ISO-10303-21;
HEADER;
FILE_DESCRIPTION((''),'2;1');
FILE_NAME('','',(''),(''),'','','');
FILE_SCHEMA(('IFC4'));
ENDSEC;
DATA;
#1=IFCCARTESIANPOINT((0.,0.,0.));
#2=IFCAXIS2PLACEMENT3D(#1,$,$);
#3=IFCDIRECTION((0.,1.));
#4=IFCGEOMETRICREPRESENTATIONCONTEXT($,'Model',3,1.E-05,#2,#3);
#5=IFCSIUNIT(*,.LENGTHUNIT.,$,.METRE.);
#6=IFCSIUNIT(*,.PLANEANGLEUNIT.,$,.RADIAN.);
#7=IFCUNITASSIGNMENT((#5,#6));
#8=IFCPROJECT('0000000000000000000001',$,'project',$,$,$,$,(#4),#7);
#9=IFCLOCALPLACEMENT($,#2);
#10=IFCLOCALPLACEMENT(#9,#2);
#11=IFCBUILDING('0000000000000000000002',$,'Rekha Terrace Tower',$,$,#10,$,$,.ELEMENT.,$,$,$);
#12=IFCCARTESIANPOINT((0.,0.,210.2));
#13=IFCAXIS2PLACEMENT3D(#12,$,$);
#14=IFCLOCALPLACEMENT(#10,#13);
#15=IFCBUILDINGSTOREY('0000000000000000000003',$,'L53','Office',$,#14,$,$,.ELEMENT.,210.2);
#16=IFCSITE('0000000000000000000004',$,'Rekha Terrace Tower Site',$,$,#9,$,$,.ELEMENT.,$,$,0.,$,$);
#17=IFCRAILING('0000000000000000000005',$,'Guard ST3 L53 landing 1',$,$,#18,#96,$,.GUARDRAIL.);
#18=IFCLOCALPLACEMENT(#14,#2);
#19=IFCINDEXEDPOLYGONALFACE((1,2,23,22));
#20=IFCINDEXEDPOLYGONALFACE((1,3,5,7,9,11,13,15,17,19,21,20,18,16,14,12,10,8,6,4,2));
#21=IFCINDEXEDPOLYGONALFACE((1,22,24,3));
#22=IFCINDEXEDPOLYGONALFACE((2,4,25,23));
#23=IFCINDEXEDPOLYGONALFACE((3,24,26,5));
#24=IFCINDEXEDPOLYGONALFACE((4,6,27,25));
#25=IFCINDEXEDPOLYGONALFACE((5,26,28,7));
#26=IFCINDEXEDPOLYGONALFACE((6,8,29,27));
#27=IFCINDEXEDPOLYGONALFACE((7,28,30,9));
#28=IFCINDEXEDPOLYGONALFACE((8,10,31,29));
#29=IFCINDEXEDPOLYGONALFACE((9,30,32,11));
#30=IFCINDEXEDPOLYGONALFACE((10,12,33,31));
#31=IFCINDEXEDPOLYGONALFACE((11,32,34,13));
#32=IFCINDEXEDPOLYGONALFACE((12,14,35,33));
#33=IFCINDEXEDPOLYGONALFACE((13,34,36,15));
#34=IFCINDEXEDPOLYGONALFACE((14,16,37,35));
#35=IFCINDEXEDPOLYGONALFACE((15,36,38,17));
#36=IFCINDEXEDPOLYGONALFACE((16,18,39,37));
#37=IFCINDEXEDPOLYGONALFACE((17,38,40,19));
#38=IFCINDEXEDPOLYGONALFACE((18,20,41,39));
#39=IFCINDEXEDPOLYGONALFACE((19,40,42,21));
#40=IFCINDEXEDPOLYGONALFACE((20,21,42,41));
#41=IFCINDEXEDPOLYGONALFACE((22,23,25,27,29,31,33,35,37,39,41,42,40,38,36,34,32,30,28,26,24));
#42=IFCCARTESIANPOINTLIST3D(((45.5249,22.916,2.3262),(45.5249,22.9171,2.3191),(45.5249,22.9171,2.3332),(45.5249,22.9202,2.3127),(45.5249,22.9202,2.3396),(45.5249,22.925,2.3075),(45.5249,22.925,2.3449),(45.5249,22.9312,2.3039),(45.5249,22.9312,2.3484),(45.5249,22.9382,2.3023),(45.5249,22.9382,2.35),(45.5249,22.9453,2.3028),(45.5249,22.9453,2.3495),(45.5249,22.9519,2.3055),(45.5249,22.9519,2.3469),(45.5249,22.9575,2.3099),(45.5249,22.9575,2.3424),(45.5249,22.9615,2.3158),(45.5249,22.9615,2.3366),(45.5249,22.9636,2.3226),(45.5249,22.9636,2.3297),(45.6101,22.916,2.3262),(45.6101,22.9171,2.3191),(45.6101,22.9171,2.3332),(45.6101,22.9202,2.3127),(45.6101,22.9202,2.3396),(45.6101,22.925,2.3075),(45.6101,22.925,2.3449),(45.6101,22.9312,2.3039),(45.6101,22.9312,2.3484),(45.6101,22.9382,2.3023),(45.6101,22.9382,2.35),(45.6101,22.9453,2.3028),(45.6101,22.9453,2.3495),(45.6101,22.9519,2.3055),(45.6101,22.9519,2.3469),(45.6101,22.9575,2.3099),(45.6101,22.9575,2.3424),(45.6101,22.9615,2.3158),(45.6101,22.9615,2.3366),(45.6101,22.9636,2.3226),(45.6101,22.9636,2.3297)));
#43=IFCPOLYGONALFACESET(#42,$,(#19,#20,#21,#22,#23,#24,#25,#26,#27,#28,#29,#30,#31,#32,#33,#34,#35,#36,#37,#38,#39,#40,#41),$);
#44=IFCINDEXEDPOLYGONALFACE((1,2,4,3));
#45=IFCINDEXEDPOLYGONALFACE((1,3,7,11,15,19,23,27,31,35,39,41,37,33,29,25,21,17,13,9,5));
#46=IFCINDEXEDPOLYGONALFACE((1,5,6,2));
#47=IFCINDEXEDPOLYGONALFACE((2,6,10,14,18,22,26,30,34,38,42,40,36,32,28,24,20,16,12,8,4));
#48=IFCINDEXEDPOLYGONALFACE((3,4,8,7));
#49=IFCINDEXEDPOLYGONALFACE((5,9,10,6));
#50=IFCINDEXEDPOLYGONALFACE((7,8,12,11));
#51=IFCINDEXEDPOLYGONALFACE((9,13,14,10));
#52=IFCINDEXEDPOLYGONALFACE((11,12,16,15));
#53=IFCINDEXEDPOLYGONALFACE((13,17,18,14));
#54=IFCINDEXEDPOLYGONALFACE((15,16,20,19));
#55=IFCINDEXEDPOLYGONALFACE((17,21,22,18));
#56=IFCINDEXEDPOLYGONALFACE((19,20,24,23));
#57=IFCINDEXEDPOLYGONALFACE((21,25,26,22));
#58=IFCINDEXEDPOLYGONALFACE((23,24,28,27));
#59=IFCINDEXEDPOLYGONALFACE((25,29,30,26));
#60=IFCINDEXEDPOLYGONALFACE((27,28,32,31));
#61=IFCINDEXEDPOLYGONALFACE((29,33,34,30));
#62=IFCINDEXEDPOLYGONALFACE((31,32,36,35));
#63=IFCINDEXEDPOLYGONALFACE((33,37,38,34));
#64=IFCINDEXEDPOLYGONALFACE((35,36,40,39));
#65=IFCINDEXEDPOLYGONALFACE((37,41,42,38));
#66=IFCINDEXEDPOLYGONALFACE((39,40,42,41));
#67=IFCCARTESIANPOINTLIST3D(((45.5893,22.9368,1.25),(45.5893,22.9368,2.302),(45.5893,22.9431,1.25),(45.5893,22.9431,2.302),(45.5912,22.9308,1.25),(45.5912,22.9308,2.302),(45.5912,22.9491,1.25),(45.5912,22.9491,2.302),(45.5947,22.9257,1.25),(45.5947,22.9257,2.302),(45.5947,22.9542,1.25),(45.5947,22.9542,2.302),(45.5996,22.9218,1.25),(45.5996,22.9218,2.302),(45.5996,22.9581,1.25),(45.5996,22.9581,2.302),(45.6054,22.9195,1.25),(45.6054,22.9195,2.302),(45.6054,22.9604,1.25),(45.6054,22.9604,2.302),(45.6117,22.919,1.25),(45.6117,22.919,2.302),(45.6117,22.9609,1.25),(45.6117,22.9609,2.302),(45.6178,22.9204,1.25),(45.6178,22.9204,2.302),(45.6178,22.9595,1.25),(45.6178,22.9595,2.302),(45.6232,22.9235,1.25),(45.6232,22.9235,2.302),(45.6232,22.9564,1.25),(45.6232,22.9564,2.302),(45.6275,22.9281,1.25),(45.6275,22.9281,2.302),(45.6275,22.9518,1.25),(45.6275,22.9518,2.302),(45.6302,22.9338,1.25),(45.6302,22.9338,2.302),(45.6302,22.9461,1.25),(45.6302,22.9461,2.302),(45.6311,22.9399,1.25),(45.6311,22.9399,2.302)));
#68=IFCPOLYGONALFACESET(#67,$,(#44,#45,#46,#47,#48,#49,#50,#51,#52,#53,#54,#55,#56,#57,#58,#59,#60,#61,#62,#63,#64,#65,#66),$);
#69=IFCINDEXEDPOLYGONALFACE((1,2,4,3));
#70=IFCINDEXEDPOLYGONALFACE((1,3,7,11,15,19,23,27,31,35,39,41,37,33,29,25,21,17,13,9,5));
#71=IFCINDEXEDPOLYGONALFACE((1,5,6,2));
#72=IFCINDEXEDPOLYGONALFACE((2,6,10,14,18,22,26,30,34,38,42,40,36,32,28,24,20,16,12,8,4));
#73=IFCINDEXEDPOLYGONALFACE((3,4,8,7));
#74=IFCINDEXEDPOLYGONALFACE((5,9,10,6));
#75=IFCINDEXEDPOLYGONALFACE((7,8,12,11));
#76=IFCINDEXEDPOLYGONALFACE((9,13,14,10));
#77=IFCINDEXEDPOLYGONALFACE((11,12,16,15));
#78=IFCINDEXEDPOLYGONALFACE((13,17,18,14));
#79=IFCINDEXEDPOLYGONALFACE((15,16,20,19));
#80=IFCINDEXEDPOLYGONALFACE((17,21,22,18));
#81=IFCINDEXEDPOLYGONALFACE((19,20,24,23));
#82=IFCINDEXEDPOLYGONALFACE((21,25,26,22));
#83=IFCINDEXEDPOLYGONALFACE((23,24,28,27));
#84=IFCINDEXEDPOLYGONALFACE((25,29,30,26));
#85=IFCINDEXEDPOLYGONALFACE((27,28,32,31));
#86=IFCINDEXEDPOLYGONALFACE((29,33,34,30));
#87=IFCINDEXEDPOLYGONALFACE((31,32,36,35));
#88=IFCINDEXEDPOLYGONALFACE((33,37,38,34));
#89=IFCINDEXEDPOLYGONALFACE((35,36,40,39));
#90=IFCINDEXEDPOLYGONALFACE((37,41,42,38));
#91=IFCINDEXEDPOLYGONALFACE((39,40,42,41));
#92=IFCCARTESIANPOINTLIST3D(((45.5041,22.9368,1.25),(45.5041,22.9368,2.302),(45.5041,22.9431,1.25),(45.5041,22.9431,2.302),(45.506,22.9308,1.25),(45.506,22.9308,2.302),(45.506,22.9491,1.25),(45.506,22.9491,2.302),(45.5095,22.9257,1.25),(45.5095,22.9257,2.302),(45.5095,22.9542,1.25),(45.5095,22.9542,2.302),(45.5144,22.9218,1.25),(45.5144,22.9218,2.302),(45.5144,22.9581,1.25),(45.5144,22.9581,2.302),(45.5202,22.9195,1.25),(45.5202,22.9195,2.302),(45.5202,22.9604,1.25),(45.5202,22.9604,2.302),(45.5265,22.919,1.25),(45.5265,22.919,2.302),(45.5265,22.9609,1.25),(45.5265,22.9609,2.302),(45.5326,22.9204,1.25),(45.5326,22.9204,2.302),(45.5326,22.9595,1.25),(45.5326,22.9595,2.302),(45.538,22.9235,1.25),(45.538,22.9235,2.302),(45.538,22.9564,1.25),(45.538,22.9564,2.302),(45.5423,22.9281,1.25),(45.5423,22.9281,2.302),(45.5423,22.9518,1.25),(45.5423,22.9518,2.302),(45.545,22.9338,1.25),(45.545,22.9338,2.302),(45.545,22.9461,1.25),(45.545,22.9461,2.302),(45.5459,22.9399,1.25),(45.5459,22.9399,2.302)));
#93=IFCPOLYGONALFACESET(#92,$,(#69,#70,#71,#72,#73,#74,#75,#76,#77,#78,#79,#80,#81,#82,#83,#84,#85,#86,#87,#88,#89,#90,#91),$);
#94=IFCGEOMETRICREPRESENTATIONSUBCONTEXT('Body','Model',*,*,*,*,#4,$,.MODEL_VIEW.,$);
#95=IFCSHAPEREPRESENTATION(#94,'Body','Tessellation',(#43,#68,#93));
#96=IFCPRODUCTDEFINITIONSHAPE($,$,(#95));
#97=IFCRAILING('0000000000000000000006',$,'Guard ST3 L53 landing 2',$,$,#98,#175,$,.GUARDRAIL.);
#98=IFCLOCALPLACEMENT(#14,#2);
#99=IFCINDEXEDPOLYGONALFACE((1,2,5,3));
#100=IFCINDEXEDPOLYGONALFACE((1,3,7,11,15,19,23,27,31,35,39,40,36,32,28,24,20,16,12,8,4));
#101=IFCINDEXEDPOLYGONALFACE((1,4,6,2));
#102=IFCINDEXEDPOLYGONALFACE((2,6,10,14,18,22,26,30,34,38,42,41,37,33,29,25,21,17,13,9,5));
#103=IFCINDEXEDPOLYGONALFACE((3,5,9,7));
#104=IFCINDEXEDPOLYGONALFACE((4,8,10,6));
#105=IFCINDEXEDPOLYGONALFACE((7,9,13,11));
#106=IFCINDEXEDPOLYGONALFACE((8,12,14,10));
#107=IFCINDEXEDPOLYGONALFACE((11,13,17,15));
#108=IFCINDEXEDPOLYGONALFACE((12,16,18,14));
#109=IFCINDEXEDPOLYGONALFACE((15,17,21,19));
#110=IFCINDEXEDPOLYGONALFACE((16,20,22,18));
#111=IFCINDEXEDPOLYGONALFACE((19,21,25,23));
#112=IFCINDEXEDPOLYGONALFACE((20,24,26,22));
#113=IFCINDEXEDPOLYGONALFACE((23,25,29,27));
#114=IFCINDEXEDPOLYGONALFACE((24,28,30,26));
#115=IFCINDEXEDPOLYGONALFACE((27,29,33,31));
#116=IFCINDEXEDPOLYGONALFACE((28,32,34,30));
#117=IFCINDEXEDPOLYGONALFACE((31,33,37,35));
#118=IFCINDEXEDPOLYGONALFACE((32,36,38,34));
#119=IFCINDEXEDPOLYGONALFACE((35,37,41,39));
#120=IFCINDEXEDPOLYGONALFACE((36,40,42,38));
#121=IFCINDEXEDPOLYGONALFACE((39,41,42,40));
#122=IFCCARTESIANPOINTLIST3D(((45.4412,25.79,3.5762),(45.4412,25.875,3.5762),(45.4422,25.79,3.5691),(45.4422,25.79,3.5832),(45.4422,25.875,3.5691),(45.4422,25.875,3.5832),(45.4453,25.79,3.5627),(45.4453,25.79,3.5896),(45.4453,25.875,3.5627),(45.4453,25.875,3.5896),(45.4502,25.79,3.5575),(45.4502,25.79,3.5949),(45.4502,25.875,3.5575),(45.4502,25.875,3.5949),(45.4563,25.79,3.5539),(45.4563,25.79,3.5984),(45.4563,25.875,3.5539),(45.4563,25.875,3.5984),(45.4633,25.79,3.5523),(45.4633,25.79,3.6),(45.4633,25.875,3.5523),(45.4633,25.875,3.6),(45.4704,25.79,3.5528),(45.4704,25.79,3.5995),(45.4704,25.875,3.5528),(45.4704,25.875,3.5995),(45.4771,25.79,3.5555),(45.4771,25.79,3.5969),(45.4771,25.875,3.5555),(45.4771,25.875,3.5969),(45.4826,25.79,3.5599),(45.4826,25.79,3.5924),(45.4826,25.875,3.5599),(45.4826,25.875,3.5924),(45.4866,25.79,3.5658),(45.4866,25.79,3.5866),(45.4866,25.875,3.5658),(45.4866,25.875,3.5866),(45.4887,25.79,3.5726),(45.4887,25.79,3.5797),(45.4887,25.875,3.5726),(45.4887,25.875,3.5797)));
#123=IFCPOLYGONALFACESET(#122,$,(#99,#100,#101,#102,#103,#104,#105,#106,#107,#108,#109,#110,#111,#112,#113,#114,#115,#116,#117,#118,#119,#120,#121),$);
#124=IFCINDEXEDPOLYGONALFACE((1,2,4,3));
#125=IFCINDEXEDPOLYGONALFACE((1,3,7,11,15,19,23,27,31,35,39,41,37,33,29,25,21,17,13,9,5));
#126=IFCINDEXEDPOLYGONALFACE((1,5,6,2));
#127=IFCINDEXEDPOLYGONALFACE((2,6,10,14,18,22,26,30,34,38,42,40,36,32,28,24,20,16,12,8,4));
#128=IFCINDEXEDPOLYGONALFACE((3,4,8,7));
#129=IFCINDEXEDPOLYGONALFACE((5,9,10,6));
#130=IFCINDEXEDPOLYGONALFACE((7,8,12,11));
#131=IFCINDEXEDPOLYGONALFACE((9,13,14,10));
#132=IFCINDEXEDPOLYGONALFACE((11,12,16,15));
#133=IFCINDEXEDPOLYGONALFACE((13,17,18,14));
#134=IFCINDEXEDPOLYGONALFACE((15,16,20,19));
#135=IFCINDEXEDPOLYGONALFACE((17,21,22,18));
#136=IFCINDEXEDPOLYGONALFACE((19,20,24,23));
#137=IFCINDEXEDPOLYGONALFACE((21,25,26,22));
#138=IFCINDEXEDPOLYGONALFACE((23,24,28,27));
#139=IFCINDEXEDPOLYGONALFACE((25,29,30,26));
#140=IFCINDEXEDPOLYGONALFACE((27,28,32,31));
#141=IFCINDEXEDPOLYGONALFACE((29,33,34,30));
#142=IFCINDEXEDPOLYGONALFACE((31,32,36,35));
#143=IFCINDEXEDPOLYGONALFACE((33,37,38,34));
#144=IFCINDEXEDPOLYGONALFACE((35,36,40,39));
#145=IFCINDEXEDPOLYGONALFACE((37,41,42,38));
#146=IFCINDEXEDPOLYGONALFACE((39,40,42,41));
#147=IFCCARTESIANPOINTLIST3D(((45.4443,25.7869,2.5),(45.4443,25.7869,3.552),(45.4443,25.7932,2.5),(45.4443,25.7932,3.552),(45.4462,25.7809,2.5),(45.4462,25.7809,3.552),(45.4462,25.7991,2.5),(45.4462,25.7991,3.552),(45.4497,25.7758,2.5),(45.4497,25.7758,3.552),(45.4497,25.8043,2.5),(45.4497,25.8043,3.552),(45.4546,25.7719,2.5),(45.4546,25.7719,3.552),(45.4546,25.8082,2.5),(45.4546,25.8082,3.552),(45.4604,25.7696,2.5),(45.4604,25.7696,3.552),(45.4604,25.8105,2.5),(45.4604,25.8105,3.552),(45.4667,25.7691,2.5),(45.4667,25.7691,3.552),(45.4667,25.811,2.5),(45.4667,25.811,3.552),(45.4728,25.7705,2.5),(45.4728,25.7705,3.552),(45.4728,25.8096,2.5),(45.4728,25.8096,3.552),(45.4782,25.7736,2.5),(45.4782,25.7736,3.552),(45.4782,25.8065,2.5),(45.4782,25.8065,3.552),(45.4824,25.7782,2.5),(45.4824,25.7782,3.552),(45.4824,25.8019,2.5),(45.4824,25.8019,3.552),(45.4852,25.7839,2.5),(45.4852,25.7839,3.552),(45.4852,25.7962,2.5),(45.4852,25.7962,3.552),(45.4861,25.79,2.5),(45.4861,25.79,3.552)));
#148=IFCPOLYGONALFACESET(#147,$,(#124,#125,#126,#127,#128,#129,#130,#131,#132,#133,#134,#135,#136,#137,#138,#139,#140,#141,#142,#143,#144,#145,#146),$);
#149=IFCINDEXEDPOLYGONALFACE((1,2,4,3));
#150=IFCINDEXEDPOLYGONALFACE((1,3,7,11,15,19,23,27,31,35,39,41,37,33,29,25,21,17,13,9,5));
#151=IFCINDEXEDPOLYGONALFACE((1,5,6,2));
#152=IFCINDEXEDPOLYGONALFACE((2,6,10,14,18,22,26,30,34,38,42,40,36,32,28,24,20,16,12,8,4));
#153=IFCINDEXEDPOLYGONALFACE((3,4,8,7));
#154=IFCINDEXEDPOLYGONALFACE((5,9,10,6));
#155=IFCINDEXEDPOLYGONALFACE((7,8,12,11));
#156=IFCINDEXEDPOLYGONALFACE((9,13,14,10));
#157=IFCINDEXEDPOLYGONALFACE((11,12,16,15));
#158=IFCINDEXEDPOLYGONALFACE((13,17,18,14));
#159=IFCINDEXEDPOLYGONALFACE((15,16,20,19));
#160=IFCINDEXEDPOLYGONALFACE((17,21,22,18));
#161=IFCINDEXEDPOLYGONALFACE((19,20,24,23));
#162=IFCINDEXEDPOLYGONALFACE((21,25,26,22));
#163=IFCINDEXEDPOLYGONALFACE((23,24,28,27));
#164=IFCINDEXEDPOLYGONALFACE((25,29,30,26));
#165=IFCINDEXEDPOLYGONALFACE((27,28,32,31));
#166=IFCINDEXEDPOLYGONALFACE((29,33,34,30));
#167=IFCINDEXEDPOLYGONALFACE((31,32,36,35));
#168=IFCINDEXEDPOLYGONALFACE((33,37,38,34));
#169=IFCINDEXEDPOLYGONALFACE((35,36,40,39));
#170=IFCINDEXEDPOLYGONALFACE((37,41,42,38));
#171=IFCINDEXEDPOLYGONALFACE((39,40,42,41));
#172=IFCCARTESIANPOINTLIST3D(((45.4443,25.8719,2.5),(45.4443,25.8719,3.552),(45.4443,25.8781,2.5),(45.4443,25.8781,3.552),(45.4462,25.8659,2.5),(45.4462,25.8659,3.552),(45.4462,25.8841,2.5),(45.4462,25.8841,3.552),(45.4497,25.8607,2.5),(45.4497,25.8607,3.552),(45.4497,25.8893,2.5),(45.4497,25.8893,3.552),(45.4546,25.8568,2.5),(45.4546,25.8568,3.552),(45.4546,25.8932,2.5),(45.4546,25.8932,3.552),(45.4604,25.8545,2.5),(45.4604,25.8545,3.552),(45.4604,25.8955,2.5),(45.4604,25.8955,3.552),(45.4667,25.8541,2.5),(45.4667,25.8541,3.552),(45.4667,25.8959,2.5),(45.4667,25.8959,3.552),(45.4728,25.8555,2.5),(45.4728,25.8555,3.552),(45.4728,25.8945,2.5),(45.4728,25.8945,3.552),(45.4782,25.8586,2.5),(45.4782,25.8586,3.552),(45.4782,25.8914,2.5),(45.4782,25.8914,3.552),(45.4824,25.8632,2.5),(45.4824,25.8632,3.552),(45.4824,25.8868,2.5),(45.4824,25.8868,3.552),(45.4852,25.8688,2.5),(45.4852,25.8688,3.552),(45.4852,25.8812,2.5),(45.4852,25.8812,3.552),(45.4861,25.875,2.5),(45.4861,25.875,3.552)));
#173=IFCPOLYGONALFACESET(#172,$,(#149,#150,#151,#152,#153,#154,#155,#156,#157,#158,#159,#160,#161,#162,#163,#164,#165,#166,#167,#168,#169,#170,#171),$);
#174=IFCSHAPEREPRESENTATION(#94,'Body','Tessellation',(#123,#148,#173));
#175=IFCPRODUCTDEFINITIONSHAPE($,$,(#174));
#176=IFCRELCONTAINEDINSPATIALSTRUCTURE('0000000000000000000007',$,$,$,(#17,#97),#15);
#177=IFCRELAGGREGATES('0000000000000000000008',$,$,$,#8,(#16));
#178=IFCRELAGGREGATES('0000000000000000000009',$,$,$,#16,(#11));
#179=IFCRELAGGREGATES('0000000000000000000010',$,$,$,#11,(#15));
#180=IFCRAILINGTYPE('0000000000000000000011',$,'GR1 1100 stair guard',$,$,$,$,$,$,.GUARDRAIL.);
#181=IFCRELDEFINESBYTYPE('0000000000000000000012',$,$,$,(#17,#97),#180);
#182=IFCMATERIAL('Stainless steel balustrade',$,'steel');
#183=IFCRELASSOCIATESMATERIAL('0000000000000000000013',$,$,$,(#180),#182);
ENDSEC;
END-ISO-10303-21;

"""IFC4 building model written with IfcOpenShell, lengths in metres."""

from ifc_helpers import new_model, si_unit, direction, frame, origin, origin_2d, place, context, subcontext, project, spatial, circle, extrude, material, type_object, element, save


model = new_model("IFC4")

# Units and contexts
model_context = context("Model", 3, precision=1e-05, world=origin(), true_north=direction((0.0, 1.0)))
body_context = subcontext(model_context, "Body", "Model", "MODEL_VIEW")
ifc_project = project(units=[si_unit("LENGTHUNIT", "METRE"), si_unit("PLANEANGLEUNIT", "RADIAN")], contexts=[model_context])

# Site, building, storey
site_placement = place(None, origin())
site = spatial("IfcSite", under=ifc_project, at=site_placement, Name="Rekha Terrace Tower Site", CompositionType="ELEMENT", RefElevation=0.0)
building_placement = place(site_placement, origin())
building = spatial("IfcBuilding", under=site, at=building_placement, Name="Rekha Terrace Tower", CompositionType="ELEMENT")
storey_placement = place(building_placement, frame((0.0, 0.0, 210.2)))
storey = spatial("IfcBuildingStorey", under=building, at=storey_placement, Name="L53", Description="Office", CompositionType="ELEMENT", Elevation=210.2)

# Railings
ifc_material_1 = material(Name="Stainless steel balustrade", Category="steel")
railing_type_1 = type_object("IfcRailingType", Name="GR1 1100 stair guard", PredefinedType="GUARDRAIL", material=ifc_material_1)
railing_1_placement = place(storey_placement, frame((45.6101, 22.9399, 1.25)))
element("IfcRailing", 1, at=railing_1_placement, inside=storey, type_object=railing_type_1, Name="Guard ST3 L53 landing 1", PredefinedType="GUARDRAIL", context=body_context, shape_type="SweptSolid", body=[
    extrude(circle(Radius=0.0239, at=origin_2d()), frame((0.0, 0.0, 1.0762), z_axis=(-1.0, 0.0, 0.0), x_axis=(0.0, -1.0, 0.0)), (0.0, 0.0, 1.0), 0.0852),
    extrude(circle(Radius=0.021, at=origin_2d()), origin(), (0.0, 0.0, 1.0), 1.052),
    extrude(circle(Radius=0.021, at=origin_2d()), frame((-0.0852, 0.0, 0.0)), (0.0, 0.0, 1.0), 1.052),
])
railing_2_placement = place(storey_placement, frame((45.4651, 25.79, 2.5)))
element("IfcRailing", 2, at=railing_2_placement, inside=storey, type_object=railing_type_1, Name="Guard ST3 L53 landing 2", PredefinedType="GUARDRAIL", context=body_context, shape_type="SweptSolid", body=[
    extrude(circle(Radius=0.0239, at=origin_2d()), frame((0.0, 0.0, 1.0762), z_axis=(0.0, 1.0, 0.0), x_axis=(-1.0, 0.0, 0.0)), (0.0, 0.0, 1.0), 0.085),
    extrude(circle(Radius=0.021, at=origin_2d()), origin(), (0.0, 0.0, 1.0), 1.052),
    extrude(circle(Radius=0.021, at=origin_2d()), frame((0.0, 0.085, 0.0)), (0.0, 0.0, 1.0), 1.052),
])

save(model, "model.ifc")
